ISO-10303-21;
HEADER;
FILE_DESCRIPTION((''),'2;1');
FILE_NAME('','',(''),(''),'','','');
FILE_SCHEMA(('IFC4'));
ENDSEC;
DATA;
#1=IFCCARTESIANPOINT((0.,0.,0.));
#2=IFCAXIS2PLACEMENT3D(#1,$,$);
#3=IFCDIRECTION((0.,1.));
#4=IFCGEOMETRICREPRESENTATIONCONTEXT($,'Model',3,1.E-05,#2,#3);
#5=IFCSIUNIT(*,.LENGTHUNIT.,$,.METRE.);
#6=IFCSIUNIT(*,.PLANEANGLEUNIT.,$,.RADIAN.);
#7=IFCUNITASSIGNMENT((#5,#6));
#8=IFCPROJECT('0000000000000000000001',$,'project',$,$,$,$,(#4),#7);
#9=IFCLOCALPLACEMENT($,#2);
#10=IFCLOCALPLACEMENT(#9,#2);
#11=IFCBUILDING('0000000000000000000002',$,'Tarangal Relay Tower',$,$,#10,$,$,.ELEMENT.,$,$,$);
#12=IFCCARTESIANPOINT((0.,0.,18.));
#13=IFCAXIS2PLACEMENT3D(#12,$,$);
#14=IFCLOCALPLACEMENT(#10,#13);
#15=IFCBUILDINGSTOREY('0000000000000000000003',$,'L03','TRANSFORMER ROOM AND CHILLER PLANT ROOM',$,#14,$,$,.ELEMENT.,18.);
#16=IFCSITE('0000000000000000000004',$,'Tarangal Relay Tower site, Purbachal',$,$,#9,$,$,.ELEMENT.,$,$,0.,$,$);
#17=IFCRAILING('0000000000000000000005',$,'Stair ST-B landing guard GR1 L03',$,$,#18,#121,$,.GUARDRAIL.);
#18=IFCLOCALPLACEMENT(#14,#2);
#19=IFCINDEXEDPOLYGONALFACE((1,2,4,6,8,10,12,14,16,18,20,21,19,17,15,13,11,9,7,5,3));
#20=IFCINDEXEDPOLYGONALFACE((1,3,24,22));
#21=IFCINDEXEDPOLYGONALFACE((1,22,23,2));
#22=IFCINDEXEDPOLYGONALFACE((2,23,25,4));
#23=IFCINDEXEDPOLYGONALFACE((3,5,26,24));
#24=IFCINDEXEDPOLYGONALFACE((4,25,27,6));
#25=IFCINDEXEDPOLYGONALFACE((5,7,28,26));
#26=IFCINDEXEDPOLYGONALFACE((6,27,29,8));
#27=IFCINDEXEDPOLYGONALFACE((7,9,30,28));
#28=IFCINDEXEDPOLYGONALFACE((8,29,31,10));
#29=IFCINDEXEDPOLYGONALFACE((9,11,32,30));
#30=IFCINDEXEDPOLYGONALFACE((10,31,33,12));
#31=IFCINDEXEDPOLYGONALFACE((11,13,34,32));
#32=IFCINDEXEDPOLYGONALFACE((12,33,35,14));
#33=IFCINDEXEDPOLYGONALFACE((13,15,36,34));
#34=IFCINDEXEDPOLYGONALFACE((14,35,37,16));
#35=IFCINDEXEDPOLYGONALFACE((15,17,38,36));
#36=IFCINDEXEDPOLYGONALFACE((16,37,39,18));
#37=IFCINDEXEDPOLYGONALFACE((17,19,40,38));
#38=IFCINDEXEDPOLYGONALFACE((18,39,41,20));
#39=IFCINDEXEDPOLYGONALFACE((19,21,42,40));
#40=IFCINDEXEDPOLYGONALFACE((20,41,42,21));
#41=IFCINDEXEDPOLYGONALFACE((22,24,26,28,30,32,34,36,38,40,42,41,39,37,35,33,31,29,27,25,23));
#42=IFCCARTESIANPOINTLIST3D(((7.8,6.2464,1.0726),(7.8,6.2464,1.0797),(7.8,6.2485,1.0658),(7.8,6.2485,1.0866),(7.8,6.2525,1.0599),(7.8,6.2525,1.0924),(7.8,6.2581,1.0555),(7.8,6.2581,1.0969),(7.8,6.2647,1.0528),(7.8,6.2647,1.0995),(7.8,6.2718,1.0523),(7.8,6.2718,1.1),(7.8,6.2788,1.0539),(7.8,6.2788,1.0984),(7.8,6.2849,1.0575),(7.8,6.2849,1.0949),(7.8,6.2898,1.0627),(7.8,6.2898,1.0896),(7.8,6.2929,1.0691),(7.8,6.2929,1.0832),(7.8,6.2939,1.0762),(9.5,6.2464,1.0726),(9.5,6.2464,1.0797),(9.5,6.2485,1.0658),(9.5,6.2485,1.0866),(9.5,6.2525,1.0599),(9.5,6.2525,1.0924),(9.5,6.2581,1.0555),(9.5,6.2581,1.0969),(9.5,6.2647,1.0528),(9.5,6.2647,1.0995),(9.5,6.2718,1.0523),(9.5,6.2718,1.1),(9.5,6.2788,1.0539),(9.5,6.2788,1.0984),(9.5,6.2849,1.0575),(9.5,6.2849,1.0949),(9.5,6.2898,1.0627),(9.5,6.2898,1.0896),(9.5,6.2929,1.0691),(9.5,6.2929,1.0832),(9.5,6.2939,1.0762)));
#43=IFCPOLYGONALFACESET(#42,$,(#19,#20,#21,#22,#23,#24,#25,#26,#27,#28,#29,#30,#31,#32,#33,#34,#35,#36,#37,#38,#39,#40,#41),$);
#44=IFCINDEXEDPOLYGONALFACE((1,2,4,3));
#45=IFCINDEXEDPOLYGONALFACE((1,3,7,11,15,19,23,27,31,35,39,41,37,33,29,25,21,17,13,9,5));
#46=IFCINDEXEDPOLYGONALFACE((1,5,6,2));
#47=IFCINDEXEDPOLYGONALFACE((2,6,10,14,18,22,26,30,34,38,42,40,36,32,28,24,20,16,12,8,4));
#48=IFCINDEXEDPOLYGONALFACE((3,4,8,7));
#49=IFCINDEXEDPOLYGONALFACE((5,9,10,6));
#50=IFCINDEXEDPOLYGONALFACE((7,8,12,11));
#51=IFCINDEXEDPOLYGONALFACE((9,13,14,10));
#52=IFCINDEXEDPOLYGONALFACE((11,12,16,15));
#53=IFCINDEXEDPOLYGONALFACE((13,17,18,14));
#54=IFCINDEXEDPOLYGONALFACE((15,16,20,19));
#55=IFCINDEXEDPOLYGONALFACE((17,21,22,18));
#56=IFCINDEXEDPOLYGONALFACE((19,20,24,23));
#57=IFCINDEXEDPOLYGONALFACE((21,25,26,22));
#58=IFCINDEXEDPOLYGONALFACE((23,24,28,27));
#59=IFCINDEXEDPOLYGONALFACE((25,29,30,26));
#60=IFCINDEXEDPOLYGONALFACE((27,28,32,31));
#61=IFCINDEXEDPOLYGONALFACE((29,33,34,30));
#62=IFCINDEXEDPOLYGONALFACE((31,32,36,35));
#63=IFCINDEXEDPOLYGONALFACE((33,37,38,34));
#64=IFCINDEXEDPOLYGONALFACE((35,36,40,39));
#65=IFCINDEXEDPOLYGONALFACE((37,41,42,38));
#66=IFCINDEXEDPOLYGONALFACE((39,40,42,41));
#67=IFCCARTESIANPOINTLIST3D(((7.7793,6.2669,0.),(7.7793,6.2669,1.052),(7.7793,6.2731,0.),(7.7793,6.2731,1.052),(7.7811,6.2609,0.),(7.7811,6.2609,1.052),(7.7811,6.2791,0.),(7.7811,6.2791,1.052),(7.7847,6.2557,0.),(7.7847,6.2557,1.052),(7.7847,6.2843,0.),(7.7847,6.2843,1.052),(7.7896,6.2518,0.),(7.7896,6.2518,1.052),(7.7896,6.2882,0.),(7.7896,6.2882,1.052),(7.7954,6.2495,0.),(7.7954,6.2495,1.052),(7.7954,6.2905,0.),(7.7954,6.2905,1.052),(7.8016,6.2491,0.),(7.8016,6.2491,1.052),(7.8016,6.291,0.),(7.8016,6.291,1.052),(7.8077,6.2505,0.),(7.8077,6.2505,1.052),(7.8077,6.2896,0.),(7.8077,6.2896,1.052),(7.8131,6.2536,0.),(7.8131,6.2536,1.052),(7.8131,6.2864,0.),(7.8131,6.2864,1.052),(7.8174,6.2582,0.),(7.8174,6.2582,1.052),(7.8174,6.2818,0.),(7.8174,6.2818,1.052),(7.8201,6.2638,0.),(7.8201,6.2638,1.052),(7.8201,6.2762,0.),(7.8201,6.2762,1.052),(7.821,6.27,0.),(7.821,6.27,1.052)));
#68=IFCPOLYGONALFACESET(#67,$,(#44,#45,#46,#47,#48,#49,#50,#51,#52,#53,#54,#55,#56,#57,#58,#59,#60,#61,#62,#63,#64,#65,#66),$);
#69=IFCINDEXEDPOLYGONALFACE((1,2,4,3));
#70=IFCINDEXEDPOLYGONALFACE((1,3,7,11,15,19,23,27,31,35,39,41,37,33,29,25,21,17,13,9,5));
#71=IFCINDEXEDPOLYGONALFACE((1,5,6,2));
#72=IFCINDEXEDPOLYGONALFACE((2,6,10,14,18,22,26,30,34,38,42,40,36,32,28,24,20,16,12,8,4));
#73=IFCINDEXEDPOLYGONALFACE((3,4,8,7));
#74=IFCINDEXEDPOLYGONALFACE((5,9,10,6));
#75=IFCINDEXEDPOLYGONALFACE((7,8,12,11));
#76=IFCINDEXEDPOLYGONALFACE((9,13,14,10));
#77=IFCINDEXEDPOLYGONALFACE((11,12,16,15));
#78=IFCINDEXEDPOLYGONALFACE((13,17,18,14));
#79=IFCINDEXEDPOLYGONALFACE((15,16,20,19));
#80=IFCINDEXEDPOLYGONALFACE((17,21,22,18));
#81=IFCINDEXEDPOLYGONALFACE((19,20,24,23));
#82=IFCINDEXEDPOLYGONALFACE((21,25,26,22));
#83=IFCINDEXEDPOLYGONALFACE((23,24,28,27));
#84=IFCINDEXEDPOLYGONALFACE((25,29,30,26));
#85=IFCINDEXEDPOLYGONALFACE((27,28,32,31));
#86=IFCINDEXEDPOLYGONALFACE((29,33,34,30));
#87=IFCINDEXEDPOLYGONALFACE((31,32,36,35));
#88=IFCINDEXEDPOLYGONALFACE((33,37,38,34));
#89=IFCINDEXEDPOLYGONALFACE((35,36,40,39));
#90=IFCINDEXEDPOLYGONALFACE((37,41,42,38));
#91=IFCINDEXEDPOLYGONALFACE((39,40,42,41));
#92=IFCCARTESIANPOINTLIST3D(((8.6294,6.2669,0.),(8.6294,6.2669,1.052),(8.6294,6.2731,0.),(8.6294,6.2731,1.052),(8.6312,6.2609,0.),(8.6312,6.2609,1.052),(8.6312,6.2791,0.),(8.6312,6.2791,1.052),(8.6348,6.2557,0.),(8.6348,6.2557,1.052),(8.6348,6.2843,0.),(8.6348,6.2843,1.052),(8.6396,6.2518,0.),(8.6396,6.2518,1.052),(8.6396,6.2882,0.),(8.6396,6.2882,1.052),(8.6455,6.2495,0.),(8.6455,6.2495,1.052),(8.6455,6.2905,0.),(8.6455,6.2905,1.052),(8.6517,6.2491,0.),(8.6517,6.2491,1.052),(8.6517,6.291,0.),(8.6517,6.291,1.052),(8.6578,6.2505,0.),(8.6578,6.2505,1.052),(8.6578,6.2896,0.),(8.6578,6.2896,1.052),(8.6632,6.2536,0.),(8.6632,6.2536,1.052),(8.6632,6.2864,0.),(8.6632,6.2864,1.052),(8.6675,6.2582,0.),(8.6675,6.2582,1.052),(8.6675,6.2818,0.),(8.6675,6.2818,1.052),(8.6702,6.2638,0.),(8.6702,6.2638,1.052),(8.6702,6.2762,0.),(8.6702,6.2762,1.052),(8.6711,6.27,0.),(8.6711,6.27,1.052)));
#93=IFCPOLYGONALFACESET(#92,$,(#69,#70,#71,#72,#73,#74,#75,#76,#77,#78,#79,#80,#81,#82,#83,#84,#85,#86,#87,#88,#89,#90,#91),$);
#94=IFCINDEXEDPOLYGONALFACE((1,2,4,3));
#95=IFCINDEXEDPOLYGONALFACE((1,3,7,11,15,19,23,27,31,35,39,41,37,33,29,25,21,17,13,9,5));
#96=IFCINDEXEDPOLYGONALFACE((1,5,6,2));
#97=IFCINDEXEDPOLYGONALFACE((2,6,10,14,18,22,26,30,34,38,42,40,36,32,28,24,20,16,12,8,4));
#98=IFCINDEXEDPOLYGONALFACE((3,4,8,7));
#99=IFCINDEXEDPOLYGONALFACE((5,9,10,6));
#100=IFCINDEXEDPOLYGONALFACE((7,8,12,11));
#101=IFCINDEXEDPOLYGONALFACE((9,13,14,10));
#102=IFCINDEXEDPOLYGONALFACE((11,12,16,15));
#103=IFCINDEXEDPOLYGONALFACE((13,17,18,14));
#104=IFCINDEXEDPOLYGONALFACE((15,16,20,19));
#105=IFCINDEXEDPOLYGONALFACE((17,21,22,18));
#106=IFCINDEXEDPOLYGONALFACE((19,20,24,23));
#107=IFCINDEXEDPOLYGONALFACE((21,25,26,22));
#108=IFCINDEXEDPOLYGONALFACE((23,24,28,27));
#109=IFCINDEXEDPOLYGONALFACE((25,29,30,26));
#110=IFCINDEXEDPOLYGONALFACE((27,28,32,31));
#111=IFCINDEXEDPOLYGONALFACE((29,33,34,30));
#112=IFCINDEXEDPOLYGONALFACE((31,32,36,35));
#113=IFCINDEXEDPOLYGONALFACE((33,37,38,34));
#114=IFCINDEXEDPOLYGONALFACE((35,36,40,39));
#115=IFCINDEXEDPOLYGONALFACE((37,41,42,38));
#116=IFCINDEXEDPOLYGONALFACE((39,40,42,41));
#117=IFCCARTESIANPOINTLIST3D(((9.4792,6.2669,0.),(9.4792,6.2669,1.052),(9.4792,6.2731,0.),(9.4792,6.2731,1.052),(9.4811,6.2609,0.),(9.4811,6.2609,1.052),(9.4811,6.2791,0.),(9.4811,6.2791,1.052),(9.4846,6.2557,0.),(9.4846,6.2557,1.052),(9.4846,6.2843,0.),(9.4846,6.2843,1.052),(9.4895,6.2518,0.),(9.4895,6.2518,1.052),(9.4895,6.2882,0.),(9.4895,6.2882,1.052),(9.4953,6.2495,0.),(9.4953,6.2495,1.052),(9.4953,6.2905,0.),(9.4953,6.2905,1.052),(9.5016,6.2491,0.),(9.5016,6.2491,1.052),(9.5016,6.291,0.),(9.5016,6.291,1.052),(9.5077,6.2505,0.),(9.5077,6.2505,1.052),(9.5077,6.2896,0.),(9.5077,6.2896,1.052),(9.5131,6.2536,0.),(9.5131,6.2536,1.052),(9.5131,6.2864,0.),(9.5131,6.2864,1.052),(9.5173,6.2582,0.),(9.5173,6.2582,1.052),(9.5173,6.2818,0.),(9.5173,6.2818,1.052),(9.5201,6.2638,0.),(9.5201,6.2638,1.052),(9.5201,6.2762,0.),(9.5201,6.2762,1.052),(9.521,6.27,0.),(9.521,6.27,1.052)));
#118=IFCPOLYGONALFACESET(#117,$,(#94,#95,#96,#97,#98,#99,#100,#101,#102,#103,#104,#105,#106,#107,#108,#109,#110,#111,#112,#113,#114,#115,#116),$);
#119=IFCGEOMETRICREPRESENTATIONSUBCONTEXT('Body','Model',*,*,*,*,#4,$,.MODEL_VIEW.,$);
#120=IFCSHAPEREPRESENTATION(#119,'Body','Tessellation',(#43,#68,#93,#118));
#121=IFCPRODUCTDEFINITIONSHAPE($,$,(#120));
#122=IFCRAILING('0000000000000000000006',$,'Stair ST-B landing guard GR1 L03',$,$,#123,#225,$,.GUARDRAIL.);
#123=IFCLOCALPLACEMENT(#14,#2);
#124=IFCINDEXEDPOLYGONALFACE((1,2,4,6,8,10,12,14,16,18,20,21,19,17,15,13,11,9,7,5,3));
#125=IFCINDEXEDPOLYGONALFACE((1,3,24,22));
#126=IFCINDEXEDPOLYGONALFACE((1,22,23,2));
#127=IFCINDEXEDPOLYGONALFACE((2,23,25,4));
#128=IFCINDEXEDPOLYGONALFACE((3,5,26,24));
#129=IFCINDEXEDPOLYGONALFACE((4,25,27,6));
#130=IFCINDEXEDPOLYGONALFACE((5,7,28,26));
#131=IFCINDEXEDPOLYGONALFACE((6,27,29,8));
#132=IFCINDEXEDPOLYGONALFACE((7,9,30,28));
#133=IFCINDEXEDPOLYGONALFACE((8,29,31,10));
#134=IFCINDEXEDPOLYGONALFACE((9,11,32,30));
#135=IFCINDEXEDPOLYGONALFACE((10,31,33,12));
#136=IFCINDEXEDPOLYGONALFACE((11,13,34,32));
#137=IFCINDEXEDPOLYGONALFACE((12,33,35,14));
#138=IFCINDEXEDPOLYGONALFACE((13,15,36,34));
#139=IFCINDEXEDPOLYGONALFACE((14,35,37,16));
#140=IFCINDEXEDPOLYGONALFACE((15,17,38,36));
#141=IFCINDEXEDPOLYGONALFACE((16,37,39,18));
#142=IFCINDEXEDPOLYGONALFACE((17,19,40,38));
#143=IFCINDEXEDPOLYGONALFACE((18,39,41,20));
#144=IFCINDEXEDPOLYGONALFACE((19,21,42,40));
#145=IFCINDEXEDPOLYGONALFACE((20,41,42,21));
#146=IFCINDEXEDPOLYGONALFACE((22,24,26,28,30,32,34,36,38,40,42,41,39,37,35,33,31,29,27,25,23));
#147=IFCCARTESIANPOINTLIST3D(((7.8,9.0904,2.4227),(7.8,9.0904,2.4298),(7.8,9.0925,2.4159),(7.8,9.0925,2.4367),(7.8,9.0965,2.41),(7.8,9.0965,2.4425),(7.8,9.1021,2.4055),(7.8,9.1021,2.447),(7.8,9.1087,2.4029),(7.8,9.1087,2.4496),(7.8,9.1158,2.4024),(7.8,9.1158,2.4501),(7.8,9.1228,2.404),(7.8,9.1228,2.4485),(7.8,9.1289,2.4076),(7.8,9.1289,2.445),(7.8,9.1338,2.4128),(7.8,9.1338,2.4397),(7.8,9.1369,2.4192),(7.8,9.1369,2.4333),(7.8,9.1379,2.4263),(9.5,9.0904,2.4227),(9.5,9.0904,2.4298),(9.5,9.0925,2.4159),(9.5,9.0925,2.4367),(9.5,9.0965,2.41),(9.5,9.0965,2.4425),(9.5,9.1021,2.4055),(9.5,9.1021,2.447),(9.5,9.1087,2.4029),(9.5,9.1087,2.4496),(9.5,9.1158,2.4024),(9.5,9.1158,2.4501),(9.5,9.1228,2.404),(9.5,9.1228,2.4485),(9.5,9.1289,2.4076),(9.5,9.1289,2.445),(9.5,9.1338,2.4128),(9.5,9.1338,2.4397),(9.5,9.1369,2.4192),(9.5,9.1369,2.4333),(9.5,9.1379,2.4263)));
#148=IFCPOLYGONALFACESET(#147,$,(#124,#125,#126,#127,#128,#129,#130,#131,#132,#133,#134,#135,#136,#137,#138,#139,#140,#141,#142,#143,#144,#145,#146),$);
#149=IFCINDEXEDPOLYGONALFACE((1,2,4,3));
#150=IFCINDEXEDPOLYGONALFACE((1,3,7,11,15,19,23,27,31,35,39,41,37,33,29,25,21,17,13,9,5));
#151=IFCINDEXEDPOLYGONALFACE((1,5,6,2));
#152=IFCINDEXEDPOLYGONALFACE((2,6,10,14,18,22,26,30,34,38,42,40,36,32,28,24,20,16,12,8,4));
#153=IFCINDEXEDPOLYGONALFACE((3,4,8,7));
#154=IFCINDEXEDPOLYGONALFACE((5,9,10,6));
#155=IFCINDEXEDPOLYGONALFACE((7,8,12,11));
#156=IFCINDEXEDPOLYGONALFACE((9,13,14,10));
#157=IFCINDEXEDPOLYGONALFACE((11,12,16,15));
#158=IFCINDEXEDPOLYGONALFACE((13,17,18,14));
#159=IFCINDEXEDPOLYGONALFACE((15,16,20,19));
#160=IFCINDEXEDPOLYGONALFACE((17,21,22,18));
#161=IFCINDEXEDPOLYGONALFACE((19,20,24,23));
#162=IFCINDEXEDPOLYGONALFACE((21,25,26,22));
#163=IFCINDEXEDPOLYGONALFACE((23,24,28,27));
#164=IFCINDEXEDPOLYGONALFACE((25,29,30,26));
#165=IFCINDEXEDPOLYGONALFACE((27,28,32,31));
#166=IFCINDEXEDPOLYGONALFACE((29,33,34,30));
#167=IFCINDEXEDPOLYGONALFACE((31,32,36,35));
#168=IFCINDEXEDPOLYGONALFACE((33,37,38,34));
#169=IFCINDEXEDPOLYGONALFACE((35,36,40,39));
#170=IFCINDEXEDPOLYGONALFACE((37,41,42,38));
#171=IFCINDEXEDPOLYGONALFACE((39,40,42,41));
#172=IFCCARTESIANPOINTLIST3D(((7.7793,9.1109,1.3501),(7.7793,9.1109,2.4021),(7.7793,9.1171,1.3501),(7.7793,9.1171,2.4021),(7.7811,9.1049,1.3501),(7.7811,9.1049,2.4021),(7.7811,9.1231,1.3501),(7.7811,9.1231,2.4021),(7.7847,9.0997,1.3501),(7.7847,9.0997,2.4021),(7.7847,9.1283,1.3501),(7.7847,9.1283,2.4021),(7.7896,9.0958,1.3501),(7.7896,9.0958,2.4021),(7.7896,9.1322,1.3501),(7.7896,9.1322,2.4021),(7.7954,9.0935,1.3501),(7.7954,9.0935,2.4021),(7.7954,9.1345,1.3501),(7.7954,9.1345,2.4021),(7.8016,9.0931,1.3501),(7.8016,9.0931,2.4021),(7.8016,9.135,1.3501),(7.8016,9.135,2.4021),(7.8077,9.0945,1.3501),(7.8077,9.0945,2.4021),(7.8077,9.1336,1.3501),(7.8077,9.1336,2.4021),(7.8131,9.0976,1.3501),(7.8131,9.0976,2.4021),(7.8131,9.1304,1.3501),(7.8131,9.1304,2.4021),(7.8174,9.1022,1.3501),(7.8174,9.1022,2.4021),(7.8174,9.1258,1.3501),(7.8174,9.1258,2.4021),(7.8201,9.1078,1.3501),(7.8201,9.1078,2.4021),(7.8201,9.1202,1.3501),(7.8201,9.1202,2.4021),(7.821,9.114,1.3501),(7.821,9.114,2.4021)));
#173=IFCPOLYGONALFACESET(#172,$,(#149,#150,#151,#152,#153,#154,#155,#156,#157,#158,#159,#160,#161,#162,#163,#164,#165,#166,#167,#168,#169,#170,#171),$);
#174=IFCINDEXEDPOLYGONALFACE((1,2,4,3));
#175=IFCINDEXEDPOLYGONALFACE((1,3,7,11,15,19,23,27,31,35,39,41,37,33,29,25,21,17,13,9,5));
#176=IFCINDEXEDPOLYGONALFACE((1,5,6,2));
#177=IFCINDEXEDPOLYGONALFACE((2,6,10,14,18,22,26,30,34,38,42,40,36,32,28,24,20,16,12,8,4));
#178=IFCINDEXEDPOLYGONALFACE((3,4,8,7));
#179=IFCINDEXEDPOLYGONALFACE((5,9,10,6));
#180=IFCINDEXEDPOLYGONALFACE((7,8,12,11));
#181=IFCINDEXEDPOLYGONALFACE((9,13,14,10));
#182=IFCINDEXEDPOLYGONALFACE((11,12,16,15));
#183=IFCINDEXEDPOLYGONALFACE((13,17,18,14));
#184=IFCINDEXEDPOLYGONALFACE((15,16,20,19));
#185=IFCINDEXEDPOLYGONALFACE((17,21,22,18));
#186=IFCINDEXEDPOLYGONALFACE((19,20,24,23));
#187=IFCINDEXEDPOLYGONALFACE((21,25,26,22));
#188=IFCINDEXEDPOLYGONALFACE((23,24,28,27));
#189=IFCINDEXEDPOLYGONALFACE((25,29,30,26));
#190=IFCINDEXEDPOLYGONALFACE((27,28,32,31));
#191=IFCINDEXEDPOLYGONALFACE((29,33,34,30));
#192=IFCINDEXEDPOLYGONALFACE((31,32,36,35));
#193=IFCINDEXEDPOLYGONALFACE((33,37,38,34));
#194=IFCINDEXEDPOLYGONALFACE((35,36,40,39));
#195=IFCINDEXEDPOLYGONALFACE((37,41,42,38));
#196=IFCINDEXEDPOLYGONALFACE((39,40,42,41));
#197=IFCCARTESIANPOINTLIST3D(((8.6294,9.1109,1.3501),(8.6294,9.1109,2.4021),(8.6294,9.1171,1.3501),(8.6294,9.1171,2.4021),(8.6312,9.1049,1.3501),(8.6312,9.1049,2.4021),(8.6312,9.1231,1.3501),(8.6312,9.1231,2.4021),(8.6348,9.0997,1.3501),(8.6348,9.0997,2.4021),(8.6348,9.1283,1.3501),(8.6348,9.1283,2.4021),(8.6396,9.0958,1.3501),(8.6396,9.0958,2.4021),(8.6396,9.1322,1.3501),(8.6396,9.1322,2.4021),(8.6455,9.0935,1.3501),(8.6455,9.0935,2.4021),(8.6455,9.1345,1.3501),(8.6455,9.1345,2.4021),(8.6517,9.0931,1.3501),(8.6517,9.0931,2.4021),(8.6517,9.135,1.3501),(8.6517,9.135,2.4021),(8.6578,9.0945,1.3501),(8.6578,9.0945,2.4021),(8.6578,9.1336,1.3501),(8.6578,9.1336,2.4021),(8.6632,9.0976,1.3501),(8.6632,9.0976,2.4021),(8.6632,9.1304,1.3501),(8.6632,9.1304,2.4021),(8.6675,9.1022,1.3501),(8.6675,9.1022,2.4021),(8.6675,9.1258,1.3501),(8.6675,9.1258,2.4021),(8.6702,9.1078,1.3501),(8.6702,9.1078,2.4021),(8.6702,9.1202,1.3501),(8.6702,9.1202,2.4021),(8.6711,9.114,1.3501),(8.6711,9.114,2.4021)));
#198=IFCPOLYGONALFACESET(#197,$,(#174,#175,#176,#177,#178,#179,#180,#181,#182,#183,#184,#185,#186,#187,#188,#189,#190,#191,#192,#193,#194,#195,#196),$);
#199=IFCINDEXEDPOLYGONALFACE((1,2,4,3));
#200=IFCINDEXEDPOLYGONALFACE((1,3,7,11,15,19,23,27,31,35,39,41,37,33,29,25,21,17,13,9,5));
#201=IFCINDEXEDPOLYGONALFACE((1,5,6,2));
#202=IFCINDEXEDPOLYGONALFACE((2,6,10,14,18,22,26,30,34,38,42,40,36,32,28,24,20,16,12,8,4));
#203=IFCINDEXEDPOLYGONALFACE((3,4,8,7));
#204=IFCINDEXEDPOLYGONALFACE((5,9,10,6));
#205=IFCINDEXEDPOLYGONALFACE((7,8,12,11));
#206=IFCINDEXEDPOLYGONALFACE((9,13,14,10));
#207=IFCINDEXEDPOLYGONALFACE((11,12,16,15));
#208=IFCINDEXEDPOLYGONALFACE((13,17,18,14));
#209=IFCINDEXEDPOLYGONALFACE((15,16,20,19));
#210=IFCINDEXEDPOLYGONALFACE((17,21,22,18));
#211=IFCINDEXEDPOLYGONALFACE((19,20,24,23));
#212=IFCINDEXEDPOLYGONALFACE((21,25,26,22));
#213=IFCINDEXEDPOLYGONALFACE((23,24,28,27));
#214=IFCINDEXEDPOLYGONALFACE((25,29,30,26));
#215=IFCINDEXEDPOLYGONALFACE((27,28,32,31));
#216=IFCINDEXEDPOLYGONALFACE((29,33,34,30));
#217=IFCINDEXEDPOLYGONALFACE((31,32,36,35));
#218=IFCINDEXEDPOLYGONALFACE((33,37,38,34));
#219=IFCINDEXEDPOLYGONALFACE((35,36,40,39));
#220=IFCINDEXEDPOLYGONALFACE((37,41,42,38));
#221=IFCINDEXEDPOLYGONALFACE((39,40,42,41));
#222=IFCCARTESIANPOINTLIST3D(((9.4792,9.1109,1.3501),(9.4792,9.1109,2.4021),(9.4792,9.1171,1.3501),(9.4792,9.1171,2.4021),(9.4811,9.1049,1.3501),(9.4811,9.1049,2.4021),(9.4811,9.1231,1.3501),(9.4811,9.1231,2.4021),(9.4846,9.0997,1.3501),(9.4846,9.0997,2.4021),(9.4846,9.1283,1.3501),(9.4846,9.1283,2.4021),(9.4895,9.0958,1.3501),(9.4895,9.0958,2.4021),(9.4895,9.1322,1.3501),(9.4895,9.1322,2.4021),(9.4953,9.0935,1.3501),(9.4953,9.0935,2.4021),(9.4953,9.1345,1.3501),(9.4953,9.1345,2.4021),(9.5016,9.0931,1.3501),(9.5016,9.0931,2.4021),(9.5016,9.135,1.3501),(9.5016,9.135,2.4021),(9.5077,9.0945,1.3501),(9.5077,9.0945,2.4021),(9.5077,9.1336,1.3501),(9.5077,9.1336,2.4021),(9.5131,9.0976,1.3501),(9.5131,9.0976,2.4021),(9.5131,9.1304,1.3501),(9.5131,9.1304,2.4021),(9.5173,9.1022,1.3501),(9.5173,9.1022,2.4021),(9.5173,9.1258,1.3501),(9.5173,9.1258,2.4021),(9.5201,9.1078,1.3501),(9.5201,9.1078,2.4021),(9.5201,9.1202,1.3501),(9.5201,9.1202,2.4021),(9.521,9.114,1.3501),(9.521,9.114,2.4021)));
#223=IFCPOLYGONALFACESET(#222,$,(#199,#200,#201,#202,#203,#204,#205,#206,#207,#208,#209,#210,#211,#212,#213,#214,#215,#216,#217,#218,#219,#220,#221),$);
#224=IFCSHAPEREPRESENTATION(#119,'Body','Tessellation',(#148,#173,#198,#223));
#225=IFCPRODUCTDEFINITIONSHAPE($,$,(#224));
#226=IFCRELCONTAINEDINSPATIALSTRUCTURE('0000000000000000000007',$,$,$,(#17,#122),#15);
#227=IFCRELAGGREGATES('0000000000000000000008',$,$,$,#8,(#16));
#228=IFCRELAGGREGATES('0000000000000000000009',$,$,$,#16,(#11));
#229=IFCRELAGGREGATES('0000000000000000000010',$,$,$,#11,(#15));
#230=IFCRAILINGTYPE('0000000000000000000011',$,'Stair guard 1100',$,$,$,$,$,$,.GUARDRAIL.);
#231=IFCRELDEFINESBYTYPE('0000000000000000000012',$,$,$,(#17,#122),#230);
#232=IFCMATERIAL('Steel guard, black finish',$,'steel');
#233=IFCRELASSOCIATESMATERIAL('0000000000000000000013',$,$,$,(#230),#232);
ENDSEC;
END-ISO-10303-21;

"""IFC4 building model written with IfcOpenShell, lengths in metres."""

from ifc_helpers import new_model, si_unit, direction, frame, origin, origin_2d, place, context, subcontext, project, spatial, circle, extrude, material, type_object, element, save


model = new_model("IFC4")

# Units and contexts
model_context = context("Model", 3, precision=1e-05, world=origin(), true_north=direction((0.0, 1.0)))
body_context = subcontext(model_context, "Body", "Model", "MODEL_VIEW")
ifc_project = project(units=[si_unit("LENGTHUNIT", "METRE"), si_unit("PLANEANGLEUNIT", "RADIAN")], contexts=[model_context])

# Site, building, storey
site_placement = place(None, origin())
site = spatial("IfcSite", under=ifc_project, at=site_placement, Name="Tarangal Relay Tower site, Purbachal", CompositionType="ELEMENT", RefElevation=0.0)
building_placement = place(site_placement, origin())
building = spatial("IfcBuilding", under=site, at=building_placement, Name="Tarangal Relay Tower", CompositionType="ELEMENT")
storey_placement = place(building_placement, frame((0.0, 0.0, 18.0)))
storey = spatial("IfcBuildingStorey", under=building, at=storey_placement, Name="L03", Description="TRANSFORMER ROOM AND CHILLER PLANT ROOM", CompositionType="ELEMENT", Elevation=18.0)

# Railings
ifc_material_1 = material(Name="Steel guard, black finish", Category="steel")
railing_type_1 = type_object("IfcRailingType", Name="Stair guard 1100", PredefinedType="GUARDRAIL", material=ifc_material_1)
for number, where, name in (
    (1, (7.8, 6.27, 0.0), "Stair ST-B landing guard GR1 L03"),
    (2, (7.8, 9.114, 1.3501), "Stair ST-B landing guard GR1 L03"),
):
    element("IfcRailing", number, at=place(storey_placement, frame(where)), inside=storey, type_object=railing_type_1, Name=name, PredefinedType="GUARDRAIL", context=body_context, shape_type="SweptSolid", body=[
        extrude(circle(Radius=0.0239, at=origin_2d()), frame((0.0, 0.0, 1.0762), z_axis=(1.0, 0.0, 0.0), x_axis=(0.0, 1.0, 0.0)), (0.0, 0.0, 1.0), 1.7),
        extrude(circle(Radius=0.021, at=origin_2d()), origin(), (0.0, 0.0, 1.0), 1.052),
        extrude(circle(Radius=0.021, at=origin_2d()), frame((0.8501, 0.0, 0.0)), (0.0, 0.0, 1.0), 1.052),
        extrude(circle(Radius=0.021, at=origin_2d()), frame((1.7, 0.0, 0.0)), (0.0, 0.0, 1.0), 1.052),
    ])

save(model, "model.ifc")
